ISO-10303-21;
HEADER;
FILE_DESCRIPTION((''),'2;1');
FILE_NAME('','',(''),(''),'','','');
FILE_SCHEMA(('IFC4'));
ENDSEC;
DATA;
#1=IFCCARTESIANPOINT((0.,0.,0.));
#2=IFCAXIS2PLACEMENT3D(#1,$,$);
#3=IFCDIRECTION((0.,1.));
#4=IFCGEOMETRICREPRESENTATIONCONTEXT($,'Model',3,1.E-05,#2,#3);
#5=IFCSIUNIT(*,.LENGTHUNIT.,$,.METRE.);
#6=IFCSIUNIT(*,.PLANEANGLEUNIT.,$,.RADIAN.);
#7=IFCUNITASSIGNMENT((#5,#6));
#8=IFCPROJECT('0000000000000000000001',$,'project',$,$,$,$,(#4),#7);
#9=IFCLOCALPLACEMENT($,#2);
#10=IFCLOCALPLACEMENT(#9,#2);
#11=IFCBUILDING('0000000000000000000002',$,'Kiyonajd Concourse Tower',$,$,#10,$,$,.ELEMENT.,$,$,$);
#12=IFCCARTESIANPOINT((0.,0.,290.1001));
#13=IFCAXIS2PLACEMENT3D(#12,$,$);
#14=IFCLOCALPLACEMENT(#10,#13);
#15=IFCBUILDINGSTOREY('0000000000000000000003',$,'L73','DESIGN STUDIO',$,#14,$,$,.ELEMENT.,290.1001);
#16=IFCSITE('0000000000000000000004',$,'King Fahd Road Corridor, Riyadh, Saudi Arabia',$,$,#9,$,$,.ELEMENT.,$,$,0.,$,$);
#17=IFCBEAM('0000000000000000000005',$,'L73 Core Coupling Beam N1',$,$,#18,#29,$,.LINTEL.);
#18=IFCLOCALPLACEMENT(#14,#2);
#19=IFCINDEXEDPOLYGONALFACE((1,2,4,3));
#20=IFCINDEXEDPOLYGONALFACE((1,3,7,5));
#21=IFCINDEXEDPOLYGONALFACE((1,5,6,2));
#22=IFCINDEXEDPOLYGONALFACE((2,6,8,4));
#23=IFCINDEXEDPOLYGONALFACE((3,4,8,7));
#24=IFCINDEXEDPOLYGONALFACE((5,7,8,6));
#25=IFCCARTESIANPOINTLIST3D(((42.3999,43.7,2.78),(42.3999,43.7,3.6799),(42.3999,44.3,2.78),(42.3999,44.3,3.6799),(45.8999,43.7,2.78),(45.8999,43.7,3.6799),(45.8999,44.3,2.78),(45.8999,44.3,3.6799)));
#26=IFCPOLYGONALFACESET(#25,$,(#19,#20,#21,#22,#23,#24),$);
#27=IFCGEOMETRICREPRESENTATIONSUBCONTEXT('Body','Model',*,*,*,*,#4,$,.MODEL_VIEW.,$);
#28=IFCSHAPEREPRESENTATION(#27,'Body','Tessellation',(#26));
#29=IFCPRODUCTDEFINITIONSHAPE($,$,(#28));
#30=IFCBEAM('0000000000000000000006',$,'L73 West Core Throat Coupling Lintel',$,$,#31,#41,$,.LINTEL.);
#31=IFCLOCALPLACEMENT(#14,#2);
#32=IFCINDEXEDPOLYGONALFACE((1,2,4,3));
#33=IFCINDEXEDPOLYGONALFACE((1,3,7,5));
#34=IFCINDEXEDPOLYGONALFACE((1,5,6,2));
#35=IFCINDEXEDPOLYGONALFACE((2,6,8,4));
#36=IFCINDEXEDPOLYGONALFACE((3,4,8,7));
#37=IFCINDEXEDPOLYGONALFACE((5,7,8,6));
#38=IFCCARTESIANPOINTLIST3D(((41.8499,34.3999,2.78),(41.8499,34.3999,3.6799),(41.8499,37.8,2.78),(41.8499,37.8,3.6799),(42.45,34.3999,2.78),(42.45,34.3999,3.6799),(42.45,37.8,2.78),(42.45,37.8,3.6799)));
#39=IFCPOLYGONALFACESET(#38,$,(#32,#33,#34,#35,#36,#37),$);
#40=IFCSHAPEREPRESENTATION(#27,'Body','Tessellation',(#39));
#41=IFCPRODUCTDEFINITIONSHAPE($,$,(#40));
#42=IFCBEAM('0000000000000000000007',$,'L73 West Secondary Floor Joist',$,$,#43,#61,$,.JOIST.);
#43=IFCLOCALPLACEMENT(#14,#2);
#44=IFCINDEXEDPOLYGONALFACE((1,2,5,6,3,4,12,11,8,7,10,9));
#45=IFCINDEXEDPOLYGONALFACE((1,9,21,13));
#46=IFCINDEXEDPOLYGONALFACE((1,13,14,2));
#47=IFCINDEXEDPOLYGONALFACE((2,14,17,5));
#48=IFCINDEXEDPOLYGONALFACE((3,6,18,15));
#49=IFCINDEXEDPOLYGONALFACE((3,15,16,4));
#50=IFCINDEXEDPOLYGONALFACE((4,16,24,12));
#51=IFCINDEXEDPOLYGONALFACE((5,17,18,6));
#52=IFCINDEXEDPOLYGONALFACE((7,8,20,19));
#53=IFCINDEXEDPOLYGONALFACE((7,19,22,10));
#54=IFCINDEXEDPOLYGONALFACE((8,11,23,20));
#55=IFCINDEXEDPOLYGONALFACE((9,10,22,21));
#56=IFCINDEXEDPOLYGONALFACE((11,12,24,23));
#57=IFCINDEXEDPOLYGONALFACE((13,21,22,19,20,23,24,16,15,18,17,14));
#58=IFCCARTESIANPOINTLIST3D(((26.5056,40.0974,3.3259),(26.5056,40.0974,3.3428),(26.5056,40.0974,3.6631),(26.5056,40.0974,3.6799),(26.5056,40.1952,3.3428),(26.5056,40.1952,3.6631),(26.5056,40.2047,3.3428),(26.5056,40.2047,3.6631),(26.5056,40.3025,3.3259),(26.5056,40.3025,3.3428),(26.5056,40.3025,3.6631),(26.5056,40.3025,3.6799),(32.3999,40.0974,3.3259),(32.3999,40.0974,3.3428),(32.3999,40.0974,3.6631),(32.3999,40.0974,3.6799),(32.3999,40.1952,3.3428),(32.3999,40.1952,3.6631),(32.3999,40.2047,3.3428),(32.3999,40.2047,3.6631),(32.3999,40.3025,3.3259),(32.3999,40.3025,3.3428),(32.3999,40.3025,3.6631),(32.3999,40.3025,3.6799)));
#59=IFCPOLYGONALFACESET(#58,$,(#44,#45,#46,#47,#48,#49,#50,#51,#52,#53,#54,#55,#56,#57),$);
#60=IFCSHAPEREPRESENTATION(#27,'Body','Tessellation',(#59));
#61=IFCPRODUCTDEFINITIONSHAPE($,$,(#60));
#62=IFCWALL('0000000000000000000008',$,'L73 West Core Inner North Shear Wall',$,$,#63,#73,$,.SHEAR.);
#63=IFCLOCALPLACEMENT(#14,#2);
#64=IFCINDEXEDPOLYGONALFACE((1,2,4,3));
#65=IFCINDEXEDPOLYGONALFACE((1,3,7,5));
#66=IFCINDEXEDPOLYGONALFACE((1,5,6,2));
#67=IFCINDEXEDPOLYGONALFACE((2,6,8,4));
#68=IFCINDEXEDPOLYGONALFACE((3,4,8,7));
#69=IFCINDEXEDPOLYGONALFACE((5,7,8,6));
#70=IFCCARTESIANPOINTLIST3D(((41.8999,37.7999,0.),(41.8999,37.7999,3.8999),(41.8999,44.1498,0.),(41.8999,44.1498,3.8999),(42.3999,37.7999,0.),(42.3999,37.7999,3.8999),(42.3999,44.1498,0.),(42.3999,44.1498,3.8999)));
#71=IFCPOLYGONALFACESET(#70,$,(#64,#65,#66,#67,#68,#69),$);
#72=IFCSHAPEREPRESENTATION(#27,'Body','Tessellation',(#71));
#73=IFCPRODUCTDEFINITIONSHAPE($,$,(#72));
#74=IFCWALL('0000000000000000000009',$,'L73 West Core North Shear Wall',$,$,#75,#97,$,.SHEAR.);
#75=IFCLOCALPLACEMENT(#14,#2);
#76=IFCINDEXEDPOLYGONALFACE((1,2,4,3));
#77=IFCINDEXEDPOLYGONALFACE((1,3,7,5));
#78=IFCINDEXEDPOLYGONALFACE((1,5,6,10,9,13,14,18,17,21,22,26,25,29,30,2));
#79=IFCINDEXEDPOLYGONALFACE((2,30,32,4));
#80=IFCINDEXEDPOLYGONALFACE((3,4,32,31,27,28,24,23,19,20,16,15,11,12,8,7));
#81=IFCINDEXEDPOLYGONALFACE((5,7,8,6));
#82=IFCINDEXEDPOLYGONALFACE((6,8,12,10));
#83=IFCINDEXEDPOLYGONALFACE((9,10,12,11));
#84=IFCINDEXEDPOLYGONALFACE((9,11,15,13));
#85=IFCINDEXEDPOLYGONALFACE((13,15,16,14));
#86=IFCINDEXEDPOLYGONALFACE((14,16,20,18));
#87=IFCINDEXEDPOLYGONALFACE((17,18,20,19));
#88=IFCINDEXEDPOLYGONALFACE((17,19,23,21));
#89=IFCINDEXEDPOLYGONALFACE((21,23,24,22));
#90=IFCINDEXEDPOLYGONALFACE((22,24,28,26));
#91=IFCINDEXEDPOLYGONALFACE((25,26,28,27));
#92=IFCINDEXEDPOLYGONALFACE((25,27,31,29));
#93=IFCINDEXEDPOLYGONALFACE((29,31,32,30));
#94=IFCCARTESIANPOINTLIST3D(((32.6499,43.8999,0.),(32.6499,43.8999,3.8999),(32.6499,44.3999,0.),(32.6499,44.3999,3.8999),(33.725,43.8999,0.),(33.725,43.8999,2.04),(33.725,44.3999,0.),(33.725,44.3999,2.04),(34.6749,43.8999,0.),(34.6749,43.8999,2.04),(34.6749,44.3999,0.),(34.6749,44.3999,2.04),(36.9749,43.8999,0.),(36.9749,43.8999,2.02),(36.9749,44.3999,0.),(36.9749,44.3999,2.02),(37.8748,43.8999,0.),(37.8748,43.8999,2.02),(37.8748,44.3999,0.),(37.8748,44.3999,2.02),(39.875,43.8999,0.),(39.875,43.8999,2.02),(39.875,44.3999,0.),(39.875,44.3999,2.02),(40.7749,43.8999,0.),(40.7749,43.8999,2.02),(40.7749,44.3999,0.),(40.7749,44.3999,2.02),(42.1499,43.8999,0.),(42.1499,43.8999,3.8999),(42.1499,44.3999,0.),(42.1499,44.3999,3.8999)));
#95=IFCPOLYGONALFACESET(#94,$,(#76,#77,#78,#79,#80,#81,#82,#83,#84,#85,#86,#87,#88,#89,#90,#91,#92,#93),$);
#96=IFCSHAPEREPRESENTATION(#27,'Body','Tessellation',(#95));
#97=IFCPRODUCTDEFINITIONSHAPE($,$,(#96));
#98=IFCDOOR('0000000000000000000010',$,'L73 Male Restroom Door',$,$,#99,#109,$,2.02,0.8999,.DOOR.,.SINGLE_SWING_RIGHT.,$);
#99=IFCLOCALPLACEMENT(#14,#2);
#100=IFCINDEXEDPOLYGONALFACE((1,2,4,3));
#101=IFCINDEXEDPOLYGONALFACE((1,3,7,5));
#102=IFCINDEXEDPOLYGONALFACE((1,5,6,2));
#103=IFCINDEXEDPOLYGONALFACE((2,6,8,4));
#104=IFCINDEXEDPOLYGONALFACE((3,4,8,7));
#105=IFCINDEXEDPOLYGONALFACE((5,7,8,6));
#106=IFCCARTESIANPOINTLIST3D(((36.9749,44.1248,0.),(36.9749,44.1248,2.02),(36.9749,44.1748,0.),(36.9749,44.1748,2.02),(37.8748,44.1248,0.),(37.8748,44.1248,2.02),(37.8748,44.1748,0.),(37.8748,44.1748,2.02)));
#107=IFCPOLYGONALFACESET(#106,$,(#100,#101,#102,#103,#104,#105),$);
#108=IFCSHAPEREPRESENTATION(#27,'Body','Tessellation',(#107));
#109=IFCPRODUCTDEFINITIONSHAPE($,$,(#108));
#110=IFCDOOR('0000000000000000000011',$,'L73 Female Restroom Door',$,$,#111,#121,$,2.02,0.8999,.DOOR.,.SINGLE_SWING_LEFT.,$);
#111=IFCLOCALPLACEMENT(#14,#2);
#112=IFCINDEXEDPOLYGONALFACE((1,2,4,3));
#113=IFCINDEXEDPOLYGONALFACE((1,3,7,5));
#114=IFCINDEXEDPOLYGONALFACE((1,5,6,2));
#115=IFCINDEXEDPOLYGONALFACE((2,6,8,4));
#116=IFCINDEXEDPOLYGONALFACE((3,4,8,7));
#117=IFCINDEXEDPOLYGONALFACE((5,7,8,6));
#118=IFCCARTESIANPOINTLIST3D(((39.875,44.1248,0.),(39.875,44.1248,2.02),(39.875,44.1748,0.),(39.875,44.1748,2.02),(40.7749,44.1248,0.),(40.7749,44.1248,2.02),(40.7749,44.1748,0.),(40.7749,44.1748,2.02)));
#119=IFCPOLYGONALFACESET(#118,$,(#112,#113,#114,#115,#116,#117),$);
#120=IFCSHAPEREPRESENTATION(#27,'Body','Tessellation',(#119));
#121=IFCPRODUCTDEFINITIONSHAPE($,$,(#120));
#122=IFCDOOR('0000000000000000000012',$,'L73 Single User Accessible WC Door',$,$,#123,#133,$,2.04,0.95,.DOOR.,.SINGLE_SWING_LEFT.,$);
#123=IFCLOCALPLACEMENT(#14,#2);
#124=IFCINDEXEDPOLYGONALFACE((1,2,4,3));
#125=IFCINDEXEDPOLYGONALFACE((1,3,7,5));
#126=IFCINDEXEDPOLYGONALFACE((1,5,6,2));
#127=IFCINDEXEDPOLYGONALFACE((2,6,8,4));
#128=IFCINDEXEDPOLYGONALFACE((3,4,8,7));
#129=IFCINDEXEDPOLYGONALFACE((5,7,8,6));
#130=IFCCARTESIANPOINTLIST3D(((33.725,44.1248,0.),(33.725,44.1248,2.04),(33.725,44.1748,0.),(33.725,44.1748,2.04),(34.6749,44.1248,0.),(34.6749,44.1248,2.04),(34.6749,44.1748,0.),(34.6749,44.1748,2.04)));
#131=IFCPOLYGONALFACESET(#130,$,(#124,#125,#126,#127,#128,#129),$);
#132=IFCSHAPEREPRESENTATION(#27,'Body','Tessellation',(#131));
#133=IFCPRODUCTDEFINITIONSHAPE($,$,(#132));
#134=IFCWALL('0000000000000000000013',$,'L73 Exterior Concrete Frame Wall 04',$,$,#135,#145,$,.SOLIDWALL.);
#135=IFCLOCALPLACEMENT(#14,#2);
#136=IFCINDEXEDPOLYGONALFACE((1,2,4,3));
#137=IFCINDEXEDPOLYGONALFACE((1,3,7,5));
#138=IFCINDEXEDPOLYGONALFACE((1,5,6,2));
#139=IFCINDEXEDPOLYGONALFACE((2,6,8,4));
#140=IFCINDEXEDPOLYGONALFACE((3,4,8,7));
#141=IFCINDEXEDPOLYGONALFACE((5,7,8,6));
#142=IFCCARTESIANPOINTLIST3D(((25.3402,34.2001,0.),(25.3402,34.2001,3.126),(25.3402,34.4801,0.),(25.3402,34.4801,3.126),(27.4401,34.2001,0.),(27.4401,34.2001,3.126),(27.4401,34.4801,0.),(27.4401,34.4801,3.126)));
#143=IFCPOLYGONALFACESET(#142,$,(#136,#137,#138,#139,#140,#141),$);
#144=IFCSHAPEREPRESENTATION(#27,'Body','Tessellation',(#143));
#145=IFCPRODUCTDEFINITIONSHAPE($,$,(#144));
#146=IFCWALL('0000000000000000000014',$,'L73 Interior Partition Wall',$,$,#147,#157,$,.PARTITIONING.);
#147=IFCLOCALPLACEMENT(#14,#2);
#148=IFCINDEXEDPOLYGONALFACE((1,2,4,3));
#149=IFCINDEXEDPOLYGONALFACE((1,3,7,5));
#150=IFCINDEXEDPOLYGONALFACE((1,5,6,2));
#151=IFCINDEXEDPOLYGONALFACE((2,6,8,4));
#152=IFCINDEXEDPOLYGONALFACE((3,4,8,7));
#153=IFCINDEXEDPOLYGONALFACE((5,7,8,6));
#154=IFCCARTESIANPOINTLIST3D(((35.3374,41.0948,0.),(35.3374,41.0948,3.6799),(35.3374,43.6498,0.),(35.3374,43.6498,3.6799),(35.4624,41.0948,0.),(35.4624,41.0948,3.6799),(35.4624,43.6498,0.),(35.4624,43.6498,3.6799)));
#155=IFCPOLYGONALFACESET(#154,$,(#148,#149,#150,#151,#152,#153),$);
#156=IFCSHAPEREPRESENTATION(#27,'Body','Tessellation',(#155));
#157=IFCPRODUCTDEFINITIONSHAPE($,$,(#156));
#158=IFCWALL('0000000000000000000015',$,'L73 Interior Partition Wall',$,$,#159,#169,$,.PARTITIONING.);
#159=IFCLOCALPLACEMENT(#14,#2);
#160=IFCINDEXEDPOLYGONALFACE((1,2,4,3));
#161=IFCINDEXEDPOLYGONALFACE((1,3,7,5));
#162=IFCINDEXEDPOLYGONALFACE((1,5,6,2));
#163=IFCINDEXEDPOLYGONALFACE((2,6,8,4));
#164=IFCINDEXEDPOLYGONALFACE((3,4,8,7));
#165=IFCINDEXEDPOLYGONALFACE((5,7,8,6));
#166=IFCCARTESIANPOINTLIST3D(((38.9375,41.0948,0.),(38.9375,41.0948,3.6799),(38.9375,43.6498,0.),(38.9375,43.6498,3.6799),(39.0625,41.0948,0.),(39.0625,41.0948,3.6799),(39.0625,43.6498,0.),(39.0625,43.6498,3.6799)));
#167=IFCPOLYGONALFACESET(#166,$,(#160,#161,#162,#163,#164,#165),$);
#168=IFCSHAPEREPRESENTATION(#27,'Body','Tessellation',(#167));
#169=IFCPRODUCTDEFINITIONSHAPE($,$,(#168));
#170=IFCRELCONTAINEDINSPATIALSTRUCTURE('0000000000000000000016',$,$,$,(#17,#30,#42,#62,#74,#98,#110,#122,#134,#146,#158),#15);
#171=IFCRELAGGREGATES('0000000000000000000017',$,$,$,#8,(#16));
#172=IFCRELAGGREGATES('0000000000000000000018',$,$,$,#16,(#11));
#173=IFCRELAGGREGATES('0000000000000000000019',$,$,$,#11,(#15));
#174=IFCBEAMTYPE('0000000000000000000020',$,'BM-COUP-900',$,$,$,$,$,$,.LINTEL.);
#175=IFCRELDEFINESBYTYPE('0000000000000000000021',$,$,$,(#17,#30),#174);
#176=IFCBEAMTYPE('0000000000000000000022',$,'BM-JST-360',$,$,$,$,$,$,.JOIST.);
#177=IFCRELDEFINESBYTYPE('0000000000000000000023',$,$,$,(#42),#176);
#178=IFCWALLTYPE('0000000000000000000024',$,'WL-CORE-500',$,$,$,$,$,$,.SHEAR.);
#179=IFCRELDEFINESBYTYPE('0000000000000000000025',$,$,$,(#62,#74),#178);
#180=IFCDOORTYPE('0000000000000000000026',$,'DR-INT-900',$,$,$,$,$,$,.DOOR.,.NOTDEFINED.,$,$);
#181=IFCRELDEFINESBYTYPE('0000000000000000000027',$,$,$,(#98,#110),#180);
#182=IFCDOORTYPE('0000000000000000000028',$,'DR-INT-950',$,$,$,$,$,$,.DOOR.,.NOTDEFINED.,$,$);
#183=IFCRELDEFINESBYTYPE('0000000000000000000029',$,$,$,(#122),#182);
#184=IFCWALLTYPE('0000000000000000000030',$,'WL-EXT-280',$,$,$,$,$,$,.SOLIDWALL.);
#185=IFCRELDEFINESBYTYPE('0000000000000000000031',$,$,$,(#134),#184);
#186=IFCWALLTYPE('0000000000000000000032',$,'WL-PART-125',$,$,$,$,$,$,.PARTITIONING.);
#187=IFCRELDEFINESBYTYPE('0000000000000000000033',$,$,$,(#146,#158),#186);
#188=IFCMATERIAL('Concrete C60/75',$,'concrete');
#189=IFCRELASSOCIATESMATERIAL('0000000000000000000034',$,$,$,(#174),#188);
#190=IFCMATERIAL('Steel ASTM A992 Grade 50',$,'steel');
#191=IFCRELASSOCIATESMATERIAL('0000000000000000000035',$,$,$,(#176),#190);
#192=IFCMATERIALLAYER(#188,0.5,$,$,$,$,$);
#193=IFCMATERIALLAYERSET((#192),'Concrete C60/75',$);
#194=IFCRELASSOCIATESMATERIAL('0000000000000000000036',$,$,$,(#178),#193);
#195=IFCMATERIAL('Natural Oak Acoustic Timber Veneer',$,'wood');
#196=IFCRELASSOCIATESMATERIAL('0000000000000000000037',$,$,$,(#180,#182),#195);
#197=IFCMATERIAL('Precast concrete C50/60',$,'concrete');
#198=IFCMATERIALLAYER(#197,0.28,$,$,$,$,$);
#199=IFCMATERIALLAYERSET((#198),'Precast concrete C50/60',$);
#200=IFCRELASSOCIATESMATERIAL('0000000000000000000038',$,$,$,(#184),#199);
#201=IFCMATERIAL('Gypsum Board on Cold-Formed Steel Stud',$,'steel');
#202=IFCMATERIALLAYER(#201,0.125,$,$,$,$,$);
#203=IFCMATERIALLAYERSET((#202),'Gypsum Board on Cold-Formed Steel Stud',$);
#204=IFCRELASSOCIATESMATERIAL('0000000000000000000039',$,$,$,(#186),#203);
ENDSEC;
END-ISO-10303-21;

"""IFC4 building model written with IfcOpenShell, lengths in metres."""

from ifc_helpers import new_model, si_unit, direction, frame, frame_2d, origin, origin_2d, place, context, subcontext, project, spatial, rectangle, i_section, extrude, material, layer, layer_set, material_profile, profile_set, type_object, element, fill, save


model = new_model("IFC4")

# Units and contexts
model_context = context("Model", 3, precision=1e-05, world=origin(), true_north=direction((0.0, 1.0)))
body_context = subcontext(model_context, "Body", "Model", "MODEL_VIEW")
ifc_project = project(units=[si_unit("LENGTHUNIT", "METRE"), si_unit("PLANEANGLEUNIT", "RADIAN")], contexts=[model_context])

# Site, building, storey
site_placement = place(None, origin())
site = spatial("IfcSite", under=ifc_project, at=site_placement, Name="King Fahd Road Corridor, Riyadh, Saudi Arabia", CompositionType="ELEMENT", RefElevation=0.0)
building_placement = place(site_placement, origin())
building = spatial("IfcBuilding", under=site, at=building_placement, Name="Kiyonajd Concourse Tower", CompositionType="ELEMENT")
storey_placement = place(building_placement, frame((0.0, 0.0, 290.1001)))
storey = spatial("IfcBuildingStorey", under=building, at=storey_placement, Name="L73", Description="DESIGN STUDIO", CompositionType="ELEMENT", Elevation=290.1001)

# Beams
ifc_material_1 = material(Name="Concrete C60/75", Category="concrete")
ifc_material_profile_1 = material_profile(ifc_material_1, rectangle(XDim=0.6001, YDim=0.8999, at=origin_2d()), Name="RCBM-600x900")
ifc_profile_set_1 = profile_set([ifc_material_profile_1], Name="Concrete C60/75")
beam_type_1 = type_object("IfcBeamType", Name="BM-COUP-900", PredefinedType="LINTEL", material=ifc_profile_set_1)
beam_1_placement = place(storey_placement, frame((42.3999, 44.0, 3.23), z_axis=(1.0, 0.0, 0.0), x_axis=(0.0, 1.0, 0.0)))
element("IfcBeam", 1, at=beam_1_placement, inside=storey, type_object=beam_type_1, Name="L73 Core Coupling Beam N1", PredefinedType="LINTEL", context=body_context, shape_type="SweptSolid", body=[
    extrude(rectangle(XDim=0.6001, YDim=0.8999, at=origin_2d()), origin(), (0.0, 0.0, 1.0), 3.5),
])
beam_2_placement = place(storey_placement, frame((42.1499, 34.3999, 3.23), z_axis=(0.0, 1.0, 0.0), x_axis=(-1.0, 0.0, 0.0)))
element("IfcBeam", 2, at=beam_2_placement, inside=storey, type_object=beam_type_1, Name="L73 West Core Throat Coupling Lintel", PredefinedType="LINTEL", context=body_context, shape_type="SweptSolid", body=[
    extrude(rectangle(XDim=0.6001, YDim=0.8999, at=origin_2d()), origin(), (0.0, 0.0, 1.0), 3.4001),
])
ifc_material_2 = material(Name="Steel ASTM A992 Grade 50", Category="steel")
ifc_material_profile_2 = material_profile(ifc_material_2, i_section(OverallWidth=0.2051, OverallDepth=0.354, WebThickness=0.0095, FlangeThickness=0.0168, at=origin_2d()), Name="W360X79")
ifc_profile_set_2 = profile_set([ifc_material_profile_2], Name="Steel ASTM A992 Grade 50")
beam_type_2 = type_object("IfcBeamType", Name="BM-JST-360", PredefinedType="JOIST", material=ifc_profile_set_2)
beam_3_placement = place(storey_placement, frame((26.5056, 40.2, 3.5029), z_axis=(1.0, 0.0, 0.0), x_axis=(0.0, 1.0, 0.0)))
element("IfcBeam", 3, at=beam_3_placement, inside=storey, type_object=beam_type_2, Name="L73 West Secondary Floor Joist", PredefinedType="JOIST", context=body_context, shape_type="SweptSolid", body=[
    extrude(i_section(OverallWidth=0.2051, OverallDepth=0.354, WebThickness=0.0095, FlangeThickness=0.0168, at=origin_2d()), origin(), (0.0, 0.0, 1.0), 5.8943),
])

# Wall
ifc_layer_1 = layer(ifc_material_1, 0.5)
ifc_layer_set_1 = layer_set([ifc_layer_1], Name="Concrete C60/75")
wall_type_1 = type_object("IfcWallType", Name="WL-CORE-500", PredefinedType="SHEAR", material=ifc_layer_set_1)
wall_1_placement = place(storey_placement, frame((42.1499, 37.8, 0.0), z_axis=(0.0, 0.0, 1.0), x_axis=(0.0, 1.0, 0.0)))
element("IfcWall", 4, at=wall_1_placement, inside=storey, type_object=wall_type_1, Name="L73 West Core Inner North Shear Wall", PredefinedType="SHEAR", context=body_context, shape_type="SweptSolid", body=[
    extrude(rectangle(XDim=6.3499, YDim=0.5, at=frame_2d((3.1748, 0.0))), origin(), (0.0, 0.0, 1.0), 3.8999),
])

# Wall, openings, doors
wall_2_placement = place(storey_placement, frame((32.6499, 44.1499, 0.0), z_axis=(0.0, 0.0, 1.0), x_axis=(1.0, 0.0, 0.0)))
wall_2 = element("IfcWall", 5, at=wall_2_placement, inside=storey, type_object=wall_type_1, Name="L73 West Core North Shear Wall", PredefinedType="SHEAR", context=body_context, shape_type="SweptSolid", body=[
    extrude(rectangle(XDim=9.5, YDim=0.5, at=frame_2d((4.75, 0.0))), origin(), (0.0, 0.0, 1.0), 3.8999),
])
opening_1_placement = place(wall_2_placement, frame((1.075, 0.0, 0.0)))
opening_1 = element("IfcOpeningElement", 6, at=opening_1_placement, cuts=wall_2, PredefinedType="OPENING", context=body_context, shape_type="SweptSolid", body=[
    extrude(rectangle(XDim=0.95, YDim=2.04, at=frame_2d((0.4751, 1.02))), frame((0.0, 0.26, 0.0), z_axis=(0.0, -1.0, 0.0), x_axis=(1.0, 0.0, 0.0)), (0.0, 0.0, 1.0), 0.52),
])
opening_2_placement = place(wall_2_placement, frame((4.325, 0.0, 0.0)))
opening_2 = element("IfcOpeningElement", 7, at=opening_2_placement, cuts=wall_2, PredefinedType="OPENING", context=body_context, shape_type="SweptSolid", body=[
    extrude(rectangle(XDim=0.8999, YDim=2.02, at=frame_2d((0.45, 1.01))), frame((0.0, 0.26, 0.0), z_axis=(0.0, -1.0, 0.0), x_axis=(1.0, 0.0, 0.0)), (0.0, 0.0, 1.0), 0.52),
])
opening_3_placement = place(wall_2_placement, frame((7.2251, 0.0, 0.0)))
opening_3 = element("IfcOpeningElement", 8, at=opening_3_placement, cuts=wall_2, PredefinedType="OPENING", context=body_context, shape_type="SweptSolid", body=[
    extrude(rectangle(XDim=0.8999, YDim=2.02, at=frame_2d((0.45, 1.01))), frame((0.0, 0.26, 0.0), z_axis=(0.0, -1.0, 0.0), x_axis=(1.0, 0.0, 0.0)), (0.0, 0.0, 1.0), 0.52),
])
ifc_material_3 = material(Name="Natural Oak Acoustic Timber Veneer", Category="wood")
door_type_1 = type_object("IfcDoorType", Name="DR-INT-900", OperationType="NOTDEFINED", PredefinedType="DOOR", material=ifc_material_3)
door_1_placement = place(opening_2_placement, origin())
door_1 = element("IfcDoor", 9, at=door_1_placement, inside=storey, type_object=door_type_1, Name="L73 Male Restroom Door", OperationType="SINGLE_SWING_RIGHT", OverallHeight=2.02, OverallWidth=0.8999, PredefinedType="DOOR", context=body_context, shape_type="SweptSolid", body=[
    extrude(rectangle(XDim=0.8999, YDim=2.02, at=frame_2d((0.45, 1.01))), frame((0.0, 0.0249, 0.0), z_axis=(0.0, -1.0, 0.0), x_axis=(1.0, 0.0, 0.0)), (0.0, 0.0, 1.0), 0.05),
])
fill(opening_2, door_1)
door_2_placement = place(opening_3_placement, origin())
door_2 = element("IfcDoor", 10, at=door_2_placement, inside=storey, type_object=door_type_1, Name="L73 Female Restroom Door", OperationType="SINGLE_SWING_LEFT", OverallHeight=2.02, OverallWidth=0.8999, PredefinedType="DOOR", context=body_context, shape_type="SweptSolid", body=[
    extrude(rectangle(XDim=0.8999, YDim=2.02, at=frame_2d((0.45, 1.01))), frame((0.0, 0.0249, 0.0), z_axis=(0.0, -1.0, 0.0), x_axis=(1.0, 0.0, 0.0)), (0.0, 0.0, 1.0), 0.05),
])
fill(opening_3, door_2)
door_type_2 = type_object("IfcDoorType", Name="DR-INT-950", OperationType="NOTDEFINED", PredefinedType="DOOR", material=ifc_material_3)
door_3_placement = place(opening_1_placement, origin())
door_3 = element("IfcDoor", 11, at=door_3_placement, inside=storey, type_object=door_type_2, Name="L73 Single User Accessible WC Door", OperationType="SINGLE_SWING_LEFT", OverallHeight=2.04, OverallWidth=0.95, PredefinedType="DOOR", context=body_context, shape_type="SweptSolid", body=[
    extrude(rectangle(XDim=0.95, YDim=2.04, at=frame_2d((0.4751, 1.02))), frame((0.0, 0.0249, 0.0), z_axis=(0.0, -1.0, 0.0), x_axis=(1.0, 0.0, 0.0)), (0.0, 0.0, 1.0), 0.05),
])
fill(opening_1, door_3)

# Walls
ifc_material_4 = material(Name="Precast concrete C50/60", Category="concrete")
ifc_layer_2 = layer(ifc_material_4, 0.28)
ifc_layer_set_2 = layer_set([ifc_layer_2], Name="Precast concrete C50/60")
wall_type_2 = type_object("IfcWallType", Name="WL-EXT-280", PredefinedType="SOLIDWALL", material=ifc_layer_set_2)
wall_3_placement = place(storey_placement, frame((27.4399, 34.3401, 0.0), z_axis=(0.0, 0.0, 1.0), x_axis=(-1.0, 0.0, 0.0)))
element("IfcWall", 12, at=wall_3_placement, inside=storey, type_object=wall_type_2, Name="L73 Exterior Concrete Frame Wall 04", PredefinedType="SOLIDWALL", context=body_context, shape_type="SweptSolid", body=[
    extrude(rectangle(XDim=2.0999, YDim=0.28, at=frame_2d((1.0498, 0.0))), origin(), (0.0, 0.0, 1.0), 3.126),
])
ifc_material_5 = material(Name="Gypsum Board on Cold-Formed Steel Stud", Category="steel")
ifc_layer_3 = layer(ifc_material_5, 0.125)
ifc_layer_set_3 = layer_set([ifc_layer_3], Name="Gypsum Board on Cold-Formed Steel Stud")
wall_type_3 = type_object("IfcWallType", Name="WL-PART-125", PredefinedType="PARTITIONING", material=ifc_layer_set_3)
for number, where, z_axis, x_axis, name in (
    (13, (35.3999, 41.095, 0.0), (0.0, 0.0, 1.0), (0.0, 1.0, 0.0), "L73 Interior Partition Wall"),
    (14, (39.0, 41.095, 0.0), (0.0, 0.0, 1.0), (0.0, 1.0, 0.0), "L73 Interior Partition Wall"),
):
    element("IfcWall", number, at=place(storey_placement, frame(where, z_axis=z_axis, x_axis=x_axis)), inside=storey, type_object=wall_type_3, Name=name, PredefinedType="PARTITIONING", context=body_context, shape_type="SweptSolid", body=[
        extrude(rectangle(XDim=2.5549, YDim=0.125, at=frame_2d((1.2773, 0.0))), origin(), (0.0, 0.0, 1.0), 3.6799),
    ])

save(model, "model.ifc")
